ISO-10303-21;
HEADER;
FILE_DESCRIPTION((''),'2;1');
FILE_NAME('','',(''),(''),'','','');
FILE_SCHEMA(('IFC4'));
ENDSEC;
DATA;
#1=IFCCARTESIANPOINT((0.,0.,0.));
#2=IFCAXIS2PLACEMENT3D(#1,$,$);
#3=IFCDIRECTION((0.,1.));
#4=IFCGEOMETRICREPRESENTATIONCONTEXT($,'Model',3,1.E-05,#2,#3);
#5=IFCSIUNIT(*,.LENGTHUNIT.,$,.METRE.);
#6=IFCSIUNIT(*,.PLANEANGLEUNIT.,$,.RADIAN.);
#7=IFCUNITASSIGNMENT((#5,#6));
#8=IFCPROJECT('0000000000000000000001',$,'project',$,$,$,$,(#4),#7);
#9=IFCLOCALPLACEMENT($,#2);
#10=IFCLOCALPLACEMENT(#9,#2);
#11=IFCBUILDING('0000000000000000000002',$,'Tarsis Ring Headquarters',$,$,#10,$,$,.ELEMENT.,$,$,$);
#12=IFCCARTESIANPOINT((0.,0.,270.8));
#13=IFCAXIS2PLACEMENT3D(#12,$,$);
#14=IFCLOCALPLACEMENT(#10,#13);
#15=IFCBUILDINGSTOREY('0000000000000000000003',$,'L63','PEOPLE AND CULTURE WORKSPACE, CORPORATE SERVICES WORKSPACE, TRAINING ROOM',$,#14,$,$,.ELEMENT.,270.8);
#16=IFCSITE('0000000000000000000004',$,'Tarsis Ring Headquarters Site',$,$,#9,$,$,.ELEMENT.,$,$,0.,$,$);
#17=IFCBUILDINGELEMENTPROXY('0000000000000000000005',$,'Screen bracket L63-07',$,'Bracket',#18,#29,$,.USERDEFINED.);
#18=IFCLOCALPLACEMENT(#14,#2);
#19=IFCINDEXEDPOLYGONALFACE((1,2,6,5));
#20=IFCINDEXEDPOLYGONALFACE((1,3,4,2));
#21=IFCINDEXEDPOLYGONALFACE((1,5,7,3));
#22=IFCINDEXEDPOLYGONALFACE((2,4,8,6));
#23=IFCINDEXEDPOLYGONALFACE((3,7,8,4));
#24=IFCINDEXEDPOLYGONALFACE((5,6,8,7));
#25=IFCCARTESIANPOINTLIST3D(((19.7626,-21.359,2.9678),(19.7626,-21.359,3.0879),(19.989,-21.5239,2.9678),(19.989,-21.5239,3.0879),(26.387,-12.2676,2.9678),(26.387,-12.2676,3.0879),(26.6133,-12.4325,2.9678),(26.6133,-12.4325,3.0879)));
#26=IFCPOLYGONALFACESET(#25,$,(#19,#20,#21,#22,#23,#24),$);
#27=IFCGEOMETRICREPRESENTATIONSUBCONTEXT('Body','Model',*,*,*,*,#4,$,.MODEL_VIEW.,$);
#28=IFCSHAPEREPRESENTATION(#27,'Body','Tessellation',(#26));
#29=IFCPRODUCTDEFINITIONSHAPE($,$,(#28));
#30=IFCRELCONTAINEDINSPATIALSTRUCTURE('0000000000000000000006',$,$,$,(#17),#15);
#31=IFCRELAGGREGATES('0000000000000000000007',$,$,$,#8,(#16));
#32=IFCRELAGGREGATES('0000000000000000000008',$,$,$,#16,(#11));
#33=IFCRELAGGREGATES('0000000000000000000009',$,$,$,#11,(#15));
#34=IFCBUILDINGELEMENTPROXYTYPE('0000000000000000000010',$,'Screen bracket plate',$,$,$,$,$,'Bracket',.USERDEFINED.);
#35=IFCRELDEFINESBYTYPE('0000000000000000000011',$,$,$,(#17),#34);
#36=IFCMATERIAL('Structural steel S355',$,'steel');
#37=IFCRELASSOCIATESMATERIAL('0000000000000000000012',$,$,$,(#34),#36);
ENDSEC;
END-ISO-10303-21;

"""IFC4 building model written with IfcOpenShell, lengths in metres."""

from ifc_helpers import new_model, si_unit, direction, frame, origin, origin_2d, place, context, subcontext, project, spatial, rectangle, extrude, material, type_object, element, save


model = new_model("IFC4")

# Units and contexts
model_context = context("Model", 3, precision=1e-05, world=origin(), true_north=direction((0.0, 1.0)))
body_context = subcontext(model_context, "Body", "Model", "MODEL_VIEW")
ifc_project = project(units=[si_unit("LENGTHUNIT", "METRE"), si_unit("PLANEANGLEUNIT", "RADIAN")], contexts=[model_context])

# Site, building, storey
site_placement = place(None, origin())
site = spatial("IfcSite", under=ifc_project, at=site_placement, Name="Tarsis Ring Headquarters Site", CompositionType="ELEMENT", RefElevation=0.0)
building_placement = place(site_placement, origin())
building = spatial("IfcBuilding", under=site, at=building_placement, Name="Tarsis Ring Headquarters", CompositionType="ELEMENT")
storey_placement = place(building_placement, frame((0.0, 0.0, 270.8)))
storey = spatial("IfcBuildingStorey", under=building, at=storey_placement, Name="L63", Description="PEOPLE AND CULTURE WORKSPACE, CORPORATE SERVICES WORKSPACE, TRAINING ROOM", CompositionType="ELEMENT", Elevation=270.8)

# Shared definitions
ifc_material_1 = material(Name="Structural steel S355", Category="steel")

# Building element proxy
building_element_proxy_type = type_object("IfcBuildingElementProxyType", Name="Screen bracket plate", ElementType="Bracket", PredefinedType="USERDEFINED", material=ifc_material_1)
proxy_placement = place(storey_placement, frame((23.188, -16.8958, 2.9678), z_axis=(0.0, 0.0, 1.0), x_axis=(0.588896, 0.808209, 0.0)))
element("IfcBuildingElementProxy", 1, at=proxy_placement, inside=storey, type_object=building_element_proxy_type, Name="Screen bracket L63-07", ObjectType="Bracket", PredefinedType="USERDEFINED", context=body_context, shape_type="SweptSolid", body=[
    extrude(rectangle(XDim=11.2488, YDim=0.28, at=origin_2d()), origin(), (0.0, 0.0, 1.0), 0.1201),
])

save(model, "model.ifc")
